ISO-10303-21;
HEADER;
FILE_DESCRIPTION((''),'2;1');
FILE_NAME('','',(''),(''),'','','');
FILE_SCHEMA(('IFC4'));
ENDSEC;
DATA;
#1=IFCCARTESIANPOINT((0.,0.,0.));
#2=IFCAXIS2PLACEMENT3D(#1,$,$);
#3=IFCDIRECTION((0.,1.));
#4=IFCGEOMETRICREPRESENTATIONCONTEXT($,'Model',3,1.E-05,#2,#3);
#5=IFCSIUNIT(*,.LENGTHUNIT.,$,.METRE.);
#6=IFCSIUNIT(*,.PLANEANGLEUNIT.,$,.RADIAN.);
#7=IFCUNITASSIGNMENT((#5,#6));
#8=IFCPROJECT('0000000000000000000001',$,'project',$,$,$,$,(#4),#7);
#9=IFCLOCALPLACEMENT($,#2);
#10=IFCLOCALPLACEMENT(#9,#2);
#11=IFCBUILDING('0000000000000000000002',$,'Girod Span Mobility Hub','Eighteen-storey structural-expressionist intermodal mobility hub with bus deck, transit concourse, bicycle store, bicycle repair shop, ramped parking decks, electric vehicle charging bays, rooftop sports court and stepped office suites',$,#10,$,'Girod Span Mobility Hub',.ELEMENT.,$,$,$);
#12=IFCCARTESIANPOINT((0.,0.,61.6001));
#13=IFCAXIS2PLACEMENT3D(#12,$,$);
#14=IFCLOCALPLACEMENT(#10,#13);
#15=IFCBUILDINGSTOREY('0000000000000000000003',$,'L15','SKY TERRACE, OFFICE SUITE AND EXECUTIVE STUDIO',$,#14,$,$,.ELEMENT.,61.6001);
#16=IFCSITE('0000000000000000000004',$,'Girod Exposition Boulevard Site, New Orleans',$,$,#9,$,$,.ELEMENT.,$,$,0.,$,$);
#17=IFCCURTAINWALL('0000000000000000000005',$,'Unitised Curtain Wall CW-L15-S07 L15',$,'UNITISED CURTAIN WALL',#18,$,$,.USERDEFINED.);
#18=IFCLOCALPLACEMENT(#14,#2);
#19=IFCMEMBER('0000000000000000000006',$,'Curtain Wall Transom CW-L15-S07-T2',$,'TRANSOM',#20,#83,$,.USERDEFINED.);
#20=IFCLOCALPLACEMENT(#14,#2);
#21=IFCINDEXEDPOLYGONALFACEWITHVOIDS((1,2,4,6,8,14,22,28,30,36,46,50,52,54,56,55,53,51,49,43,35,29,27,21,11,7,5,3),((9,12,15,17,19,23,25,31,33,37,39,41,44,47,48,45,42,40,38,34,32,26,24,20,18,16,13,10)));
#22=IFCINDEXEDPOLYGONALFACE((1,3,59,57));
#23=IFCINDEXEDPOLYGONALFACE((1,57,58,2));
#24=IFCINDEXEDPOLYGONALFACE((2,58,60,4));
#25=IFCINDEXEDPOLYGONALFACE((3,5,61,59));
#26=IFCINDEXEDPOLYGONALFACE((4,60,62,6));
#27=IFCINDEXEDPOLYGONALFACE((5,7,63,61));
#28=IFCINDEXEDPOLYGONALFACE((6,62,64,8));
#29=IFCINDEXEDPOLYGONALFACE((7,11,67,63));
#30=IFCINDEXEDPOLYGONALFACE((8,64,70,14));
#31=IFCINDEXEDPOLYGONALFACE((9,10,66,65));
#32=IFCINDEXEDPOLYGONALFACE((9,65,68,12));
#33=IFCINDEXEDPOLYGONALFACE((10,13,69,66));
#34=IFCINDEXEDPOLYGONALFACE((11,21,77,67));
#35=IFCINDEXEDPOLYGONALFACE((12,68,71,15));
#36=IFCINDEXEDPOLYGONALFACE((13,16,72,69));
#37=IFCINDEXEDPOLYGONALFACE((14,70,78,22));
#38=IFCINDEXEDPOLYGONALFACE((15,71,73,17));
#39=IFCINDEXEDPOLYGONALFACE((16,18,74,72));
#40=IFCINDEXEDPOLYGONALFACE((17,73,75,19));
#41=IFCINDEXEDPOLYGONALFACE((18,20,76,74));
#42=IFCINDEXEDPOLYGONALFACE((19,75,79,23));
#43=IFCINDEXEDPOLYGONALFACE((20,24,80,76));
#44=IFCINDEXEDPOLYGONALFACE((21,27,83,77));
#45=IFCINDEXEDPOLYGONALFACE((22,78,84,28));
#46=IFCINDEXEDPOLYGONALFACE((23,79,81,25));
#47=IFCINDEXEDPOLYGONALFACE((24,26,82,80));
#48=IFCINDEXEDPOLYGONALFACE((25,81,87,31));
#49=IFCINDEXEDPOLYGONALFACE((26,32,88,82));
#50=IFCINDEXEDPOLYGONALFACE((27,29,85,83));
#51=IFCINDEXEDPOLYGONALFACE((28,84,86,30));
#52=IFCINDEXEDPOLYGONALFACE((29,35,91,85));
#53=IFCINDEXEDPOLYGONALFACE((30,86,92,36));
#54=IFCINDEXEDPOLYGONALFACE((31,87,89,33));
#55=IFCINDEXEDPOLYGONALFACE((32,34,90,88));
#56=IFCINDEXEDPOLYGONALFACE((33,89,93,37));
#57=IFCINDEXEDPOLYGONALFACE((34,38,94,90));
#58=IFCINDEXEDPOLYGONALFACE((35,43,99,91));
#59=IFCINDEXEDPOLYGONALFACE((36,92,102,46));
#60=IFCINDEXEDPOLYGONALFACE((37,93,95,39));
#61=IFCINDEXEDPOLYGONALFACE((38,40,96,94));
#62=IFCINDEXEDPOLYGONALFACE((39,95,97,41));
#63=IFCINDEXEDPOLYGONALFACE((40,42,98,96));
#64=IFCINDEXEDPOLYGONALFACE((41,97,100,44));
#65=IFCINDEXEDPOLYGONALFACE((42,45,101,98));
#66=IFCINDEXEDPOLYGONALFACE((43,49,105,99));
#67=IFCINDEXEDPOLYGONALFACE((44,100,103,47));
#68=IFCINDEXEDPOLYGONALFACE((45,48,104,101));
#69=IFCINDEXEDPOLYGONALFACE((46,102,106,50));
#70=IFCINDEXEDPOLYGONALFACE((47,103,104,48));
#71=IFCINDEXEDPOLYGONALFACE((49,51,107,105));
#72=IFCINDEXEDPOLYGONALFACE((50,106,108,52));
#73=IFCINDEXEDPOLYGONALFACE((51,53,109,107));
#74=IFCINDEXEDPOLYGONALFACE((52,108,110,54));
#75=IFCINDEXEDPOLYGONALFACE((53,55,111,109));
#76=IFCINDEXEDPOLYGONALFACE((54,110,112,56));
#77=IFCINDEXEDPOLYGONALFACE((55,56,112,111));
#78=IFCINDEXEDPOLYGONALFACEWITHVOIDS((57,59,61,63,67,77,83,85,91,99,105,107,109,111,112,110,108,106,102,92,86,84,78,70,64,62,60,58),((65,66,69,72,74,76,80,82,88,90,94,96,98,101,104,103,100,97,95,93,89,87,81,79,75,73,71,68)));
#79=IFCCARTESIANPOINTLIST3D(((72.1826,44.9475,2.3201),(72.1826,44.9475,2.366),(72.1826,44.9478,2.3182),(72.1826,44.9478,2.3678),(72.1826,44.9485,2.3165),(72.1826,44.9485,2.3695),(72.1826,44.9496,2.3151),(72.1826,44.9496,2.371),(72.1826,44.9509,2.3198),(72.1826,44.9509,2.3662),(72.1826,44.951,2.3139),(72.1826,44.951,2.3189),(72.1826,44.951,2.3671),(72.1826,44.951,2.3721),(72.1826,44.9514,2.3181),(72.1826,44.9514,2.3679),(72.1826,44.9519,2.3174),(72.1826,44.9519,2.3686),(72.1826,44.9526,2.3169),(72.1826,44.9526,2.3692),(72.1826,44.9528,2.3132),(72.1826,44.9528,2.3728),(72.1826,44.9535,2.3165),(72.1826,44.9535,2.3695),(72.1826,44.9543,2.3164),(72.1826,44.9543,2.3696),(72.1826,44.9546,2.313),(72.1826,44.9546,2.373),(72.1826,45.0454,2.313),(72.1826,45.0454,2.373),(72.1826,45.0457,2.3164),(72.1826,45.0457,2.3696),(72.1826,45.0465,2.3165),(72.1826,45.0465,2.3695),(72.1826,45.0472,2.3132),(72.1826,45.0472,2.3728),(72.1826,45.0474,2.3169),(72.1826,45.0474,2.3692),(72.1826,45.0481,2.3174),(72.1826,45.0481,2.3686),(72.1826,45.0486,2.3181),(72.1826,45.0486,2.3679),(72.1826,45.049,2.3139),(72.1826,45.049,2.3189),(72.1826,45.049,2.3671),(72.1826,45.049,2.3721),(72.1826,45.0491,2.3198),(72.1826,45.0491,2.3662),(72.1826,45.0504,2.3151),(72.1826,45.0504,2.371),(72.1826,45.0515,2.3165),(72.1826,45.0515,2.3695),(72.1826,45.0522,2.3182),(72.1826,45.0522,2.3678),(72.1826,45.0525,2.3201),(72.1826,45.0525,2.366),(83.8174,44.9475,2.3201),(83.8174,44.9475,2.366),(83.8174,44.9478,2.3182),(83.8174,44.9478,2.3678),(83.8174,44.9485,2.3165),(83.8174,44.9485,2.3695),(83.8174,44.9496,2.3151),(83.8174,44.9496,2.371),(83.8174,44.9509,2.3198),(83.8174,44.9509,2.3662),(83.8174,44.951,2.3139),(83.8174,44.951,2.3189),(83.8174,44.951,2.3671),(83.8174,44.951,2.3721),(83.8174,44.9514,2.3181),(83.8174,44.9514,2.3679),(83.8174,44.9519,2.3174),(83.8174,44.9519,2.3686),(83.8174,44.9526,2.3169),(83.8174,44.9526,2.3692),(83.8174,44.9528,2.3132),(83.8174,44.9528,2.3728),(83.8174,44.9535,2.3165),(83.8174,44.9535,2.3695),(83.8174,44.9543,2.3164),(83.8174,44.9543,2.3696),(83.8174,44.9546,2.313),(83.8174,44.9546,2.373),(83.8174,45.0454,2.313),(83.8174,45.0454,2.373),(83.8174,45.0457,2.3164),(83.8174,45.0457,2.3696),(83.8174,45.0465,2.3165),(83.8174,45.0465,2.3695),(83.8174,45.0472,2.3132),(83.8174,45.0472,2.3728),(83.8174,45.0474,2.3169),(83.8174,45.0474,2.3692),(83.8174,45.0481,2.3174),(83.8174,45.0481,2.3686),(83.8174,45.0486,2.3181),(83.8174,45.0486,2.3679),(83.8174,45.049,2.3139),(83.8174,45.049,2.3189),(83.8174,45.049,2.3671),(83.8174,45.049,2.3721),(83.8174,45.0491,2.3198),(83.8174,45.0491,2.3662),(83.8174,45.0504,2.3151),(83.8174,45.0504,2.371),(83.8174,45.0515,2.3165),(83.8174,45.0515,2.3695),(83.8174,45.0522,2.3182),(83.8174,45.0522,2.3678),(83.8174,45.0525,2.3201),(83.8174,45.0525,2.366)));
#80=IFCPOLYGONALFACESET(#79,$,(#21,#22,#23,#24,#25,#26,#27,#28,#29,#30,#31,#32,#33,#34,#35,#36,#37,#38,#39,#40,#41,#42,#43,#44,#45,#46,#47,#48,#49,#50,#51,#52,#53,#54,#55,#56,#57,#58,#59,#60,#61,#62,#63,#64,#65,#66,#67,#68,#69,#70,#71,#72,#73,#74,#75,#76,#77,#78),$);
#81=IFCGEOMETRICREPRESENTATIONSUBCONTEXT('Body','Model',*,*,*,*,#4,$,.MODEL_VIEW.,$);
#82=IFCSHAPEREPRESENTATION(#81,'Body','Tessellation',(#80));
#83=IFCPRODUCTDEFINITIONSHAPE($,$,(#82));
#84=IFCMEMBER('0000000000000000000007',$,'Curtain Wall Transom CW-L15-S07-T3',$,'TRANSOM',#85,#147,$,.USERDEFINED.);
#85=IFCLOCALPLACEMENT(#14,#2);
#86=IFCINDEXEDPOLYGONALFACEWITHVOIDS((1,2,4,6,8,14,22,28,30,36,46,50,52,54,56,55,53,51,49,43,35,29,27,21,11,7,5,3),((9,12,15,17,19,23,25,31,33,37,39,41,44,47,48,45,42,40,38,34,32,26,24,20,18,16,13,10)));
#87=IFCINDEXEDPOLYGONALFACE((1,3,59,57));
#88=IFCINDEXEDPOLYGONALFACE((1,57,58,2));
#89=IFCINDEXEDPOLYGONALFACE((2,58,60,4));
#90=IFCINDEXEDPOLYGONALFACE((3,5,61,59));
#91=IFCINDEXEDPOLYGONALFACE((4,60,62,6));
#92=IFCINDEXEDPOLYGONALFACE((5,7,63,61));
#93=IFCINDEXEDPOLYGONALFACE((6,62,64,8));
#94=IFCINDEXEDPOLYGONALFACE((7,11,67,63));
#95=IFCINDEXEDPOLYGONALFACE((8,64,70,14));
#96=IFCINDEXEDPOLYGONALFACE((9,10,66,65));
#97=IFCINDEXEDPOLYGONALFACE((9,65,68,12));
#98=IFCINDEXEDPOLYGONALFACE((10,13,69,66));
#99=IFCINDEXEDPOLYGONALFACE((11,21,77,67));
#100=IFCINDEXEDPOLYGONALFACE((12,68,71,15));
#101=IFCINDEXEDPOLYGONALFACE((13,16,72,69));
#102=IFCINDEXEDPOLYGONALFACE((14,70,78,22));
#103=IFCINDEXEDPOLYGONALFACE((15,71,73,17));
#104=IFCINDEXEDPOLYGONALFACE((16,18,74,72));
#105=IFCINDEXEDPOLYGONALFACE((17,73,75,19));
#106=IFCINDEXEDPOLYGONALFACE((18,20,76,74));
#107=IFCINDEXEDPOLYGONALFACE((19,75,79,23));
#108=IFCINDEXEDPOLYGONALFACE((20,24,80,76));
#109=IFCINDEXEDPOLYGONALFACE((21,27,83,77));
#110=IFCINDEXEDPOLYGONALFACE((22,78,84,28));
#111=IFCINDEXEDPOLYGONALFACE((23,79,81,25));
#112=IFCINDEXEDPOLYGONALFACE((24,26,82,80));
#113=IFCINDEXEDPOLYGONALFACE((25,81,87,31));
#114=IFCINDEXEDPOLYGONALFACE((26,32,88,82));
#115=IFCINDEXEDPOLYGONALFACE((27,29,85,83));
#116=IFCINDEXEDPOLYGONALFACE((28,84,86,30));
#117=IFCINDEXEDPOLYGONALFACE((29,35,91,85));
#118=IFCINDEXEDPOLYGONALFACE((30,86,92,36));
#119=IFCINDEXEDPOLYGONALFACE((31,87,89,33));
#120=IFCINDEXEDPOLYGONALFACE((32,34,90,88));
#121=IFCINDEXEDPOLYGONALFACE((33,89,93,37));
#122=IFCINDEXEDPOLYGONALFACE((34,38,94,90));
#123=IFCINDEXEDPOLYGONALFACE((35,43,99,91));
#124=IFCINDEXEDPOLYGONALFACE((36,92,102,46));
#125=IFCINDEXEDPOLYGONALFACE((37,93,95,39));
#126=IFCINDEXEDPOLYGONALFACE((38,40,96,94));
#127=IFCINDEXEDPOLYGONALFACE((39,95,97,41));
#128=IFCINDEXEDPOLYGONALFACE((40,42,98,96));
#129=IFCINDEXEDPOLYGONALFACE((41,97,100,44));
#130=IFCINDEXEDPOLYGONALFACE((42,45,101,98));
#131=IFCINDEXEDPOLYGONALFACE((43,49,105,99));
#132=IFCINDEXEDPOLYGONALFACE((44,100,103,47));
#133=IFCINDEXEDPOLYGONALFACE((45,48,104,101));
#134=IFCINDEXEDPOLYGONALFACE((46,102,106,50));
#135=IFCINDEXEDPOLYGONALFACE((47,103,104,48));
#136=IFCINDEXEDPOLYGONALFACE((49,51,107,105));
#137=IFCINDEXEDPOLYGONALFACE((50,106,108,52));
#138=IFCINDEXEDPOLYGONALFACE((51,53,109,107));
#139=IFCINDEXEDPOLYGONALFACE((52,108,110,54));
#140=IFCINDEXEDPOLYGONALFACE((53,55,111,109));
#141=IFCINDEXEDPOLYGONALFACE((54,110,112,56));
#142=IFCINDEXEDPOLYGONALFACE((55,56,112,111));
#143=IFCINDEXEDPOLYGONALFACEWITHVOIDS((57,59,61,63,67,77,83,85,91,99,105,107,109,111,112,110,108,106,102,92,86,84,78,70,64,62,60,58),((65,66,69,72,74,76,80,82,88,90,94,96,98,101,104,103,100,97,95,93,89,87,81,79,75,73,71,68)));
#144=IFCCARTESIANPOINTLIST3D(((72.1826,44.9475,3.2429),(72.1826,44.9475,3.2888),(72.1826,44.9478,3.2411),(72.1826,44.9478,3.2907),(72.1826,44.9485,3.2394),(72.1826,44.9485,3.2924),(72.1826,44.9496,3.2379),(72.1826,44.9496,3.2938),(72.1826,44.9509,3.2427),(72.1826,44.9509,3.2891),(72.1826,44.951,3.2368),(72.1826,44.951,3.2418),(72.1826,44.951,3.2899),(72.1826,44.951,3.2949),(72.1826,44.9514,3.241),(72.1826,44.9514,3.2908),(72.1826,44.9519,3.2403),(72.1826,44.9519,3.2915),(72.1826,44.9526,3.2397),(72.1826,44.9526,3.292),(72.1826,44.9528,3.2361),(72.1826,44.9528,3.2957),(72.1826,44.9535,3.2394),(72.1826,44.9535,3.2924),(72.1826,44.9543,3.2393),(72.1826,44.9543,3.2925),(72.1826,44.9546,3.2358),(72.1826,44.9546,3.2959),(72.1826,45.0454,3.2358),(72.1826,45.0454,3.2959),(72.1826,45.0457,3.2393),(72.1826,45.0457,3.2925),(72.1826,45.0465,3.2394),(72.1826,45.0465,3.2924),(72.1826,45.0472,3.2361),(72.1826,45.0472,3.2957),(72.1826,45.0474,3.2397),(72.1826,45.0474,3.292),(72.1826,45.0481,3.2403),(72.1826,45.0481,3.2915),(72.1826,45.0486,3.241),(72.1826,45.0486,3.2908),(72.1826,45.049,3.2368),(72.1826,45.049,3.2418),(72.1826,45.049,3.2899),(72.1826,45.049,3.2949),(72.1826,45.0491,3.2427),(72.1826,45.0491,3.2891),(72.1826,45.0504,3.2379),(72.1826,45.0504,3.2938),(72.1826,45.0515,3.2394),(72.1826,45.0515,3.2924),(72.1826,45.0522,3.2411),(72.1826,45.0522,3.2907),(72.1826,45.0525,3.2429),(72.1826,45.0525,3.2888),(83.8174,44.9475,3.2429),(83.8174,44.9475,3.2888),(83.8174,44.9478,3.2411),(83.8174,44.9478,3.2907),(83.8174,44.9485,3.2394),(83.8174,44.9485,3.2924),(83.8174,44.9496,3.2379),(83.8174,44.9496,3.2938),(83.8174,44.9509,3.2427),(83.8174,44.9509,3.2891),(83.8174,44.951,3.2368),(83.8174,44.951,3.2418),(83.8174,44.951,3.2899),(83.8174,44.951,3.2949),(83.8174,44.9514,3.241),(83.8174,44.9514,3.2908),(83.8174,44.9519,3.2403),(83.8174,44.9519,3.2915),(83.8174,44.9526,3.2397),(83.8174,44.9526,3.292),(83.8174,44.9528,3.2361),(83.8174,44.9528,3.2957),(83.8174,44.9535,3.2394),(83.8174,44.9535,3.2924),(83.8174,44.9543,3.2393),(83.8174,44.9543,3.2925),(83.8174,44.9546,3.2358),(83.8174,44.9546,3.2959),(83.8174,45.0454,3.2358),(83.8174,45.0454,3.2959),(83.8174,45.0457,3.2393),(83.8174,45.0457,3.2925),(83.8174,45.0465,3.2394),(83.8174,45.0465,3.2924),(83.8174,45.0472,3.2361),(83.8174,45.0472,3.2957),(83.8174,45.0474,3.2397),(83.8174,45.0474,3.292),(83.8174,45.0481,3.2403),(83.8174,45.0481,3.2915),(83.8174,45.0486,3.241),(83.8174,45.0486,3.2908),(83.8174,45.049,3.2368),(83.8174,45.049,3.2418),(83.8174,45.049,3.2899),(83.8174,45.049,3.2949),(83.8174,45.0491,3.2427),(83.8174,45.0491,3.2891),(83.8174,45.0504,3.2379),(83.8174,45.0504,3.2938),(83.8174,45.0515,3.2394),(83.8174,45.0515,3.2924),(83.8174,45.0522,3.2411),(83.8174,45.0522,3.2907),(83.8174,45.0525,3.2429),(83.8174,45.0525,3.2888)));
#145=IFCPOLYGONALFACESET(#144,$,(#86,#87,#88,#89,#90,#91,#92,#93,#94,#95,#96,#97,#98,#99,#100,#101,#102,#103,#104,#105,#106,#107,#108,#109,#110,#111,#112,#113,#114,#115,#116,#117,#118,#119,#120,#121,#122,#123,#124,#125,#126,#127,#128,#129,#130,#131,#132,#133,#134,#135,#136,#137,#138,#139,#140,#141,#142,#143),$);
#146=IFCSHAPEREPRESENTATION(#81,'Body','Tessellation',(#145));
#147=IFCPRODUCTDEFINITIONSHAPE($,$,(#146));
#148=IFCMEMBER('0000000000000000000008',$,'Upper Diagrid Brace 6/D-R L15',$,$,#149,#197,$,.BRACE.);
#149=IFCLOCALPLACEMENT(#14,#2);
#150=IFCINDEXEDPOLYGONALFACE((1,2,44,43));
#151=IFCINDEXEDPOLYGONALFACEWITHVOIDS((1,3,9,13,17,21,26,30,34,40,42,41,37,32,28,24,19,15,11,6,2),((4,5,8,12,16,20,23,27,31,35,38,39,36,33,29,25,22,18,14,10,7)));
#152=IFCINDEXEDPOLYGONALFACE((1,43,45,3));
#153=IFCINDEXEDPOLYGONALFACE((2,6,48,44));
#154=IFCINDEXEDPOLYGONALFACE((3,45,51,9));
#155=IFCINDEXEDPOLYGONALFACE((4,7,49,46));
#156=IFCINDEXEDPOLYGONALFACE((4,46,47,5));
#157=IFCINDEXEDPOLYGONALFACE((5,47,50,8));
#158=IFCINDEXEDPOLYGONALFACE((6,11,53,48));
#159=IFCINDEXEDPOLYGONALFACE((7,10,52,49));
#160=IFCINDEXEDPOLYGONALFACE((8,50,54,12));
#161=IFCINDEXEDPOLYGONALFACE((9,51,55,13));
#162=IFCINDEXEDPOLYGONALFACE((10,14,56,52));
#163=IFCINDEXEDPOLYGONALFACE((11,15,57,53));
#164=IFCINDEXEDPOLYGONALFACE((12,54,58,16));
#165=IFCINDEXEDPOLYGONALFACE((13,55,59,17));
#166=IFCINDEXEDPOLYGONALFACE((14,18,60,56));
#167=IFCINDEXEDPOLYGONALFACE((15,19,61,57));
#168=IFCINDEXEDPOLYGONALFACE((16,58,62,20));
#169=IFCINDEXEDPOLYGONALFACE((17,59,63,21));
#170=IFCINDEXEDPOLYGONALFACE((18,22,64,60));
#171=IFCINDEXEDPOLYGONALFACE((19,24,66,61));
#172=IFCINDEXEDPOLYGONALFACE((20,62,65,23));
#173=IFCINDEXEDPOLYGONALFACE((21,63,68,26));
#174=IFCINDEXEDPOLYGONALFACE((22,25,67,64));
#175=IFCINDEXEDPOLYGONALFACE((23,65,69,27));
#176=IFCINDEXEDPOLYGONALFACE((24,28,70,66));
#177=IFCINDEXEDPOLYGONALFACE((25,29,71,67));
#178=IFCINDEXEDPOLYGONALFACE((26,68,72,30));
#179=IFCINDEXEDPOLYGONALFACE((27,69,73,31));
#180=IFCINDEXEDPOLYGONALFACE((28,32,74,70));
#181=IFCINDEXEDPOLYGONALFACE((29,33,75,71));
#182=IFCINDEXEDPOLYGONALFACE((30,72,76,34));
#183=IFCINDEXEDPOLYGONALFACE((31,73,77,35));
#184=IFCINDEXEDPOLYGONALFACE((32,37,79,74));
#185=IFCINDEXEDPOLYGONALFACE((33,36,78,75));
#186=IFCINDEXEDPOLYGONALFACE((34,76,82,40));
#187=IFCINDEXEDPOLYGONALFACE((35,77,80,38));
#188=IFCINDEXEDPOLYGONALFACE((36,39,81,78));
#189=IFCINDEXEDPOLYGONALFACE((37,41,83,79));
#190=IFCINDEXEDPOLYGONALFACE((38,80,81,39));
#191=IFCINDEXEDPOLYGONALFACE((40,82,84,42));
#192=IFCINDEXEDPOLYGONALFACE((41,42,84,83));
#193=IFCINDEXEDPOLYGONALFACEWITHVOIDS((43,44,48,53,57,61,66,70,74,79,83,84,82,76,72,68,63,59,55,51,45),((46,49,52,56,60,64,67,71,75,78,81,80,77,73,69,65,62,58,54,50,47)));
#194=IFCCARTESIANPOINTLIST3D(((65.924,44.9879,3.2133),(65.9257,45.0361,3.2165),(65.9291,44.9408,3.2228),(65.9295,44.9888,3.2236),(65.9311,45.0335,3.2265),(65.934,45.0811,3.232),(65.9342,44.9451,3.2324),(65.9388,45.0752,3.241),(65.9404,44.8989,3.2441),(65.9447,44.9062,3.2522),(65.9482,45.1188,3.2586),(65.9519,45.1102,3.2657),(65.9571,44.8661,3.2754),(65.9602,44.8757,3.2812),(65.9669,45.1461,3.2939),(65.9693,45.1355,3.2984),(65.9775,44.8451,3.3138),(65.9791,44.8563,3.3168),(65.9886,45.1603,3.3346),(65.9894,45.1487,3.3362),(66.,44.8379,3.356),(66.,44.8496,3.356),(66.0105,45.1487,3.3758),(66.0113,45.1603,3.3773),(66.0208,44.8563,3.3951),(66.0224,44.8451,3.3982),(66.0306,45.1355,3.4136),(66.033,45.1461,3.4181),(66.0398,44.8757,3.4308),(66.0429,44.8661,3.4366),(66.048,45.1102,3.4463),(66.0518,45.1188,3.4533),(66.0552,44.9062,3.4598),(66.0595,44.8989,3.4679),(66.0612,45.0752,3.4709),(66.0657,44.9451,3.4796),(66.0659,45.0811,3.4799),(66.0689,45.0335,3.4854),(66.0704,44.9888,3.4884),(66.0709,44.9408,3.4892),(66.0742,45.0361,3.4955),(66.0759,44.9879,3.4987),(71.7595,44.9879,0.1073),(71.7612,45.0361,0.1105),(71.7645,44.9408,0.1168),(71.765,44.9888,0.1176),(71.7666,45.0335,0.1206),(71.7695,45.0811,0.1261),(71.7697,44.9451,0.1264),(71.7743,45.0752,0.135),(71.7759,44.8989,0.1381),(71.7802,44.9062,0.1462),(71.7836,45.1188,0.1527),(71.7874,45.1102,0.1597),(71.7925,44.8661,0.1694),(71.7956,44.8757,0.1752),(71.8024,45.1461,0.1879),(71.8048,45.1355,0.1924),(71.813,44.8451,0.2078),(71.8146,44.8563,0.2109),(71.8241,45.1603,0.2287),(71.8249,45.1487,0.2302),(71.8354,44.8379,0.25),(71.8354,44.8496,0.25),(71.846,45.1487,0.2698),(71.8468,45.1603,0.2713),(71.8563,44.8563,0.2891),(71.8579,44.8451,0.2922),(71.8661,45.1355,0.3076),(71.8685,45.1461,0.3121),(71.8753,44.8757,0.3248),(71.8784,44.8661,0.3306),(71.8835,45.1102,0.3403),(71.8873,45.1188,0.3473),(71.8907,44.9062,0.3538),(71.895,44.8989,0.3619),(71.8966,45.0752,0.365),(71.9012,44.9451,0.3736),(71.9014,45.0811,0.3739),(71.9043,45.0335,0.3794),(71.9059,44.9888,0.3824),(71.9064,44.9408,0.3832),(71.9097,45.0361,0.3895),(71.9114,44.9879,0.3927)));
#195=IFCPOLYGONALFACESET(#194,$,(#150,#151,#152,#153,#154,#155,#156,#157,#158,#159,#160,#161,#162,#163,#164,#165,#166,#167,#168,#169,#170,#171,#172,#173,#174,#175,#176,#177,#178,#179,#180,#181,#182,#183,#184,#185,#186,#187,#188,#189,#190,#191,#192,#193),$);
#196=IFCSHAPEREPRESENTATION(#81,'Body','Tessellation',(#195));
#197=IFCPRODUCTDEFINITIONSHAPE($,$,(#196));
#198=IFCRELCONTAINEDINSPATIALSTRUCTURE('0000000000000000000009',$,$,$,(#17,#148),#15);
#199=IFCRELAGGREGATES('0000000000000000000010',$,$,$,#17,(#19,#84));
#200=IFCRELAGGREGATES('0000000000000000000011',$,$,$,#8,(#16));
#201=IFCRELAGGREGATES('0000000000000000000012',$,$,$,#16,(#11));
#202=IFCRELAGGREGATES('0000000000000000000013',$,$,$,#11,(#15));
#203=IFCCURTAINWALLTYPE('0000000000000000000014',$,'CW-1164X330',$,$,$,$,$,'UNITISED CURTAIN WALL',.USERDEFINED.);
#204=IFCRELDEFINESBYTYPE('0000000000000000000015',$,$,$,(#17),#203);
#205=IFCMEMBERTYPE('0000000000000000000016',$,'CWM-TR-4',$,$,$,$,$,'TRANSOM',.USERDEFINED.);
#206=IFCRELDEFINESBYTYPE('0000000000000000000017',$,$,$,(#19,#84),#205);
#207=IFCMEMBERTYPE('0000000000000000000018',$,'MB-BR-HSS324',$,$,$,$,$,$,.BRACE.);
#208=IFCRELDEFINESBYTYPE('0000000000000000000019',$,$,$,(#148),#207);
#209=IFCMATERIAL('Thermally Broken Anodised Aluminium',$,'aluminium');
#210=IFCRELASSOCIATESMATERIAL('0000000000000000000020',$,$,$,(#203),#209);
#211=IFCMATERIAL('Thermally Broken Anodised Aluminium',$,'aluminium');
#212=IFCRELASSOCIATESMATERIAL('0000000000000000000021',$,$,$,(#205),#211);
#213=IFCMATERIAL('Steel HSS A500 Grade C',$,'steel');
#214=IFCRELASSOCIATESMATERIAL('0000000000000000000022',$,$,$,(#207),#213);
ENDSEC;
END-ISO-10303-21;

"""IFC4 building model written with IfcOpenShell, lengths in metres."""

from ifc_helpers import new_model, si_unit, direction, frame, origin, origin_2d, place, context, subcontext, project, spatial, hollow_rectangle, hollow_circle, extrude, material, material_profile, profile_set, type_object, element, aggregate, save


model = new_model("IFC4")

# Units and contexts
model_context = context("Model", 3, precision=1e-05, world=origin(), true_north=direction((0.0, 1.0)))
body_context = subcontext(model_context, "Body", "Model", "MODEL_VIEW")
ifc_project = project(units=[si_unit("LENGTHUNIT", "METRE"), si_unit("PLANEANGLEUNIT", "RADIAN")], contexts=[model_context])

# Site, building, storey
site_placement = place(None, origin())
site = spatial("IfcSite", under=ifc_project, at=site_placement, Name="Girod Exposition Boulevard Site, New Orleans", CompositionType="ELEMENT", RefElevation=0.0)
building_placement = place(site_placement, origin())
building = spatial("IfcBuilding", under=site, at=building_placement, Name="Girod Span Mobility Hub", Description="Eighteen-storey structural-expressionist intermodal mobility hub with bus deck, transit concourse, bicycle store, bicycle repair shop, ramped parking decks, electric vehicle charging bays, rooftop sports court and stepped office suites", LongName="Girod Span Mobility Hub", CompositionType="ELEMENT")
storey_placement = place(building_placement, frame((0.0, 0.0, 61.6001)))
storey = spatial("IfcBuildingStorey", under=building, at=storey_placement, Name="L15", Description="SKY TERRACE, OFFICE SUITE AND EXECUTIVE STUDIO", CompositionType="ELEMENT", Elevation=61.6001)

# Curtain wall, members
ifc_material_1 = material(Name="Thermally Broken Anodised Aluminium", Category="aluminium")
curtain_wall_type = type_object("IfcCurtainWallType", Name="CW-1164X330", ElementType="UNITISED CURTAIN WALL", PredefinedType="USERDEFINED", material=ifc_material_1)
curtain_wall_1_placement = place(storey_placement, origin())
curtain_wall_1 = element("IfcCurtainWall", 1, at=curtain_wall_1_placement, inside=storey, type_object=curtain_wall_type, Name="Unitised Curtain Wall CW-L15-S07 L15", ObjectType="UNITISED CURTAIN WALL", PredefinedType="USERDEFINED")
ifc_material_2 = material(Name="Thermally Broken Anodised Aluminium", Category="aluminium")
ifc_material_profile_1 = material_profile(ifc_material_2, hollow_rectangle(XDim=0.105, YDim=0.0601, WallThickness=0.0034, InnerFilletRadius=0.0034, OuterFilletRadius=0.0071, at=origin_2d()), Name="CW-TR-60X105")
ifc_profile_set_1 = profile_set([ifc_material_profile_1], Name="Thermally Broken Anodised Aluminium")
member_type_1 = type_object("IfcMemberType", Name="CWM-TR-4", ElementType="TRANSOM", PredefinedType="USERDEFINED", material=ifc_profile_set_1)
member_1_placement = place(storey_placement, frame((72.1826, 45.0, 2.343), z_axis=(1.0, 0.0, 0.0), x_axis=(0.0, 1.0, 0.0)))
member_1 = element("IfcMember", 2, at=member_1_placement, type_object=member_type_1, Name="Curtain Wall Transom CW-L15-S07-T2", ObjectType="TRANSOM", PredefinedType="USERDEFINED", context=body_context, shape_type="SweptSolid", body=[
    extrude(hollow_rectangle(XDim=0.105, YDim=0.0601, WallThickness=0.0034, InnerFilletRadius=0.0034, OuterFilletRadius=0.0071, at=origin_2d()), origin(), (0.0, 0.0, 1.0), 11.6348),
])
member_2_placement = place(storey_placement, frame((72.1826, 45.0, 3.2659), z_axis=(1.0, 0.0, 0.0), x_axis=(0.0, 1.0, 0.0)))
member_2 = element("IfcMember", 3, at=member_2_placement, type_object=member_type_1, Name="Curtain Wall Transom CW-L15-S07-T3", ObjectType="TRANSOM", PredefinedType="USERDEFINED", context=body_context, shape_type="SweptSolid", body=[
    extrude(hollow_rectangle(XDim=0.105, YDim=0.0601, WallThickness=0.0034, InnerFilletRadius=0.0034, OuterFilletRadius=0.0071, at=origin_2d()), origin(), (0.0, 0.0, 1.0), 11.6348),
])

# Member
ifc_material_3 = material(Name="Steel HSS A500 Grade C", Category="steel")
ifc_material_profile_2 = material_profile(ifc_material_3, hollow_circle(Radius=0.1621, WallThickness=0.0117, at=origin_2d()), Name="HSS324X12.7")
ifc_profile_set_2 = profile_set([ifc_material_profile_2], Name="Steel HSS A500 Grade C")
member_type_2 = type_object("IfcMemberType", Name="MB-BR-HSS324", PredefinedType="BRACE", material=ifc_profile_set_2)
member_3_placement = place(storey_placement, frame((71.8354, 45.0, 0.25), z_axis=(-0.882747, 0.0, 0.469848), x_axis=(0.0, -1.0, 0.0)))
element("IfcMember", 4, at=member_3_placement, inside=storey, type_object=member_type_2, Name="Upper Diagrid Brace 6/D-R L15", PredefinedType="BRACE", context=body_context, shape_type="SweptSolid", body=[
    extrude(hollow_circle(Radius=0.1621, WallThickness=0.0117, at=origin_2d()), origin(), (0.0, 0.0, 1.0), 6.6106),
])

aggregate(curtain_wall_1, [member_1, member_2])

save(model, "model.ifc")
